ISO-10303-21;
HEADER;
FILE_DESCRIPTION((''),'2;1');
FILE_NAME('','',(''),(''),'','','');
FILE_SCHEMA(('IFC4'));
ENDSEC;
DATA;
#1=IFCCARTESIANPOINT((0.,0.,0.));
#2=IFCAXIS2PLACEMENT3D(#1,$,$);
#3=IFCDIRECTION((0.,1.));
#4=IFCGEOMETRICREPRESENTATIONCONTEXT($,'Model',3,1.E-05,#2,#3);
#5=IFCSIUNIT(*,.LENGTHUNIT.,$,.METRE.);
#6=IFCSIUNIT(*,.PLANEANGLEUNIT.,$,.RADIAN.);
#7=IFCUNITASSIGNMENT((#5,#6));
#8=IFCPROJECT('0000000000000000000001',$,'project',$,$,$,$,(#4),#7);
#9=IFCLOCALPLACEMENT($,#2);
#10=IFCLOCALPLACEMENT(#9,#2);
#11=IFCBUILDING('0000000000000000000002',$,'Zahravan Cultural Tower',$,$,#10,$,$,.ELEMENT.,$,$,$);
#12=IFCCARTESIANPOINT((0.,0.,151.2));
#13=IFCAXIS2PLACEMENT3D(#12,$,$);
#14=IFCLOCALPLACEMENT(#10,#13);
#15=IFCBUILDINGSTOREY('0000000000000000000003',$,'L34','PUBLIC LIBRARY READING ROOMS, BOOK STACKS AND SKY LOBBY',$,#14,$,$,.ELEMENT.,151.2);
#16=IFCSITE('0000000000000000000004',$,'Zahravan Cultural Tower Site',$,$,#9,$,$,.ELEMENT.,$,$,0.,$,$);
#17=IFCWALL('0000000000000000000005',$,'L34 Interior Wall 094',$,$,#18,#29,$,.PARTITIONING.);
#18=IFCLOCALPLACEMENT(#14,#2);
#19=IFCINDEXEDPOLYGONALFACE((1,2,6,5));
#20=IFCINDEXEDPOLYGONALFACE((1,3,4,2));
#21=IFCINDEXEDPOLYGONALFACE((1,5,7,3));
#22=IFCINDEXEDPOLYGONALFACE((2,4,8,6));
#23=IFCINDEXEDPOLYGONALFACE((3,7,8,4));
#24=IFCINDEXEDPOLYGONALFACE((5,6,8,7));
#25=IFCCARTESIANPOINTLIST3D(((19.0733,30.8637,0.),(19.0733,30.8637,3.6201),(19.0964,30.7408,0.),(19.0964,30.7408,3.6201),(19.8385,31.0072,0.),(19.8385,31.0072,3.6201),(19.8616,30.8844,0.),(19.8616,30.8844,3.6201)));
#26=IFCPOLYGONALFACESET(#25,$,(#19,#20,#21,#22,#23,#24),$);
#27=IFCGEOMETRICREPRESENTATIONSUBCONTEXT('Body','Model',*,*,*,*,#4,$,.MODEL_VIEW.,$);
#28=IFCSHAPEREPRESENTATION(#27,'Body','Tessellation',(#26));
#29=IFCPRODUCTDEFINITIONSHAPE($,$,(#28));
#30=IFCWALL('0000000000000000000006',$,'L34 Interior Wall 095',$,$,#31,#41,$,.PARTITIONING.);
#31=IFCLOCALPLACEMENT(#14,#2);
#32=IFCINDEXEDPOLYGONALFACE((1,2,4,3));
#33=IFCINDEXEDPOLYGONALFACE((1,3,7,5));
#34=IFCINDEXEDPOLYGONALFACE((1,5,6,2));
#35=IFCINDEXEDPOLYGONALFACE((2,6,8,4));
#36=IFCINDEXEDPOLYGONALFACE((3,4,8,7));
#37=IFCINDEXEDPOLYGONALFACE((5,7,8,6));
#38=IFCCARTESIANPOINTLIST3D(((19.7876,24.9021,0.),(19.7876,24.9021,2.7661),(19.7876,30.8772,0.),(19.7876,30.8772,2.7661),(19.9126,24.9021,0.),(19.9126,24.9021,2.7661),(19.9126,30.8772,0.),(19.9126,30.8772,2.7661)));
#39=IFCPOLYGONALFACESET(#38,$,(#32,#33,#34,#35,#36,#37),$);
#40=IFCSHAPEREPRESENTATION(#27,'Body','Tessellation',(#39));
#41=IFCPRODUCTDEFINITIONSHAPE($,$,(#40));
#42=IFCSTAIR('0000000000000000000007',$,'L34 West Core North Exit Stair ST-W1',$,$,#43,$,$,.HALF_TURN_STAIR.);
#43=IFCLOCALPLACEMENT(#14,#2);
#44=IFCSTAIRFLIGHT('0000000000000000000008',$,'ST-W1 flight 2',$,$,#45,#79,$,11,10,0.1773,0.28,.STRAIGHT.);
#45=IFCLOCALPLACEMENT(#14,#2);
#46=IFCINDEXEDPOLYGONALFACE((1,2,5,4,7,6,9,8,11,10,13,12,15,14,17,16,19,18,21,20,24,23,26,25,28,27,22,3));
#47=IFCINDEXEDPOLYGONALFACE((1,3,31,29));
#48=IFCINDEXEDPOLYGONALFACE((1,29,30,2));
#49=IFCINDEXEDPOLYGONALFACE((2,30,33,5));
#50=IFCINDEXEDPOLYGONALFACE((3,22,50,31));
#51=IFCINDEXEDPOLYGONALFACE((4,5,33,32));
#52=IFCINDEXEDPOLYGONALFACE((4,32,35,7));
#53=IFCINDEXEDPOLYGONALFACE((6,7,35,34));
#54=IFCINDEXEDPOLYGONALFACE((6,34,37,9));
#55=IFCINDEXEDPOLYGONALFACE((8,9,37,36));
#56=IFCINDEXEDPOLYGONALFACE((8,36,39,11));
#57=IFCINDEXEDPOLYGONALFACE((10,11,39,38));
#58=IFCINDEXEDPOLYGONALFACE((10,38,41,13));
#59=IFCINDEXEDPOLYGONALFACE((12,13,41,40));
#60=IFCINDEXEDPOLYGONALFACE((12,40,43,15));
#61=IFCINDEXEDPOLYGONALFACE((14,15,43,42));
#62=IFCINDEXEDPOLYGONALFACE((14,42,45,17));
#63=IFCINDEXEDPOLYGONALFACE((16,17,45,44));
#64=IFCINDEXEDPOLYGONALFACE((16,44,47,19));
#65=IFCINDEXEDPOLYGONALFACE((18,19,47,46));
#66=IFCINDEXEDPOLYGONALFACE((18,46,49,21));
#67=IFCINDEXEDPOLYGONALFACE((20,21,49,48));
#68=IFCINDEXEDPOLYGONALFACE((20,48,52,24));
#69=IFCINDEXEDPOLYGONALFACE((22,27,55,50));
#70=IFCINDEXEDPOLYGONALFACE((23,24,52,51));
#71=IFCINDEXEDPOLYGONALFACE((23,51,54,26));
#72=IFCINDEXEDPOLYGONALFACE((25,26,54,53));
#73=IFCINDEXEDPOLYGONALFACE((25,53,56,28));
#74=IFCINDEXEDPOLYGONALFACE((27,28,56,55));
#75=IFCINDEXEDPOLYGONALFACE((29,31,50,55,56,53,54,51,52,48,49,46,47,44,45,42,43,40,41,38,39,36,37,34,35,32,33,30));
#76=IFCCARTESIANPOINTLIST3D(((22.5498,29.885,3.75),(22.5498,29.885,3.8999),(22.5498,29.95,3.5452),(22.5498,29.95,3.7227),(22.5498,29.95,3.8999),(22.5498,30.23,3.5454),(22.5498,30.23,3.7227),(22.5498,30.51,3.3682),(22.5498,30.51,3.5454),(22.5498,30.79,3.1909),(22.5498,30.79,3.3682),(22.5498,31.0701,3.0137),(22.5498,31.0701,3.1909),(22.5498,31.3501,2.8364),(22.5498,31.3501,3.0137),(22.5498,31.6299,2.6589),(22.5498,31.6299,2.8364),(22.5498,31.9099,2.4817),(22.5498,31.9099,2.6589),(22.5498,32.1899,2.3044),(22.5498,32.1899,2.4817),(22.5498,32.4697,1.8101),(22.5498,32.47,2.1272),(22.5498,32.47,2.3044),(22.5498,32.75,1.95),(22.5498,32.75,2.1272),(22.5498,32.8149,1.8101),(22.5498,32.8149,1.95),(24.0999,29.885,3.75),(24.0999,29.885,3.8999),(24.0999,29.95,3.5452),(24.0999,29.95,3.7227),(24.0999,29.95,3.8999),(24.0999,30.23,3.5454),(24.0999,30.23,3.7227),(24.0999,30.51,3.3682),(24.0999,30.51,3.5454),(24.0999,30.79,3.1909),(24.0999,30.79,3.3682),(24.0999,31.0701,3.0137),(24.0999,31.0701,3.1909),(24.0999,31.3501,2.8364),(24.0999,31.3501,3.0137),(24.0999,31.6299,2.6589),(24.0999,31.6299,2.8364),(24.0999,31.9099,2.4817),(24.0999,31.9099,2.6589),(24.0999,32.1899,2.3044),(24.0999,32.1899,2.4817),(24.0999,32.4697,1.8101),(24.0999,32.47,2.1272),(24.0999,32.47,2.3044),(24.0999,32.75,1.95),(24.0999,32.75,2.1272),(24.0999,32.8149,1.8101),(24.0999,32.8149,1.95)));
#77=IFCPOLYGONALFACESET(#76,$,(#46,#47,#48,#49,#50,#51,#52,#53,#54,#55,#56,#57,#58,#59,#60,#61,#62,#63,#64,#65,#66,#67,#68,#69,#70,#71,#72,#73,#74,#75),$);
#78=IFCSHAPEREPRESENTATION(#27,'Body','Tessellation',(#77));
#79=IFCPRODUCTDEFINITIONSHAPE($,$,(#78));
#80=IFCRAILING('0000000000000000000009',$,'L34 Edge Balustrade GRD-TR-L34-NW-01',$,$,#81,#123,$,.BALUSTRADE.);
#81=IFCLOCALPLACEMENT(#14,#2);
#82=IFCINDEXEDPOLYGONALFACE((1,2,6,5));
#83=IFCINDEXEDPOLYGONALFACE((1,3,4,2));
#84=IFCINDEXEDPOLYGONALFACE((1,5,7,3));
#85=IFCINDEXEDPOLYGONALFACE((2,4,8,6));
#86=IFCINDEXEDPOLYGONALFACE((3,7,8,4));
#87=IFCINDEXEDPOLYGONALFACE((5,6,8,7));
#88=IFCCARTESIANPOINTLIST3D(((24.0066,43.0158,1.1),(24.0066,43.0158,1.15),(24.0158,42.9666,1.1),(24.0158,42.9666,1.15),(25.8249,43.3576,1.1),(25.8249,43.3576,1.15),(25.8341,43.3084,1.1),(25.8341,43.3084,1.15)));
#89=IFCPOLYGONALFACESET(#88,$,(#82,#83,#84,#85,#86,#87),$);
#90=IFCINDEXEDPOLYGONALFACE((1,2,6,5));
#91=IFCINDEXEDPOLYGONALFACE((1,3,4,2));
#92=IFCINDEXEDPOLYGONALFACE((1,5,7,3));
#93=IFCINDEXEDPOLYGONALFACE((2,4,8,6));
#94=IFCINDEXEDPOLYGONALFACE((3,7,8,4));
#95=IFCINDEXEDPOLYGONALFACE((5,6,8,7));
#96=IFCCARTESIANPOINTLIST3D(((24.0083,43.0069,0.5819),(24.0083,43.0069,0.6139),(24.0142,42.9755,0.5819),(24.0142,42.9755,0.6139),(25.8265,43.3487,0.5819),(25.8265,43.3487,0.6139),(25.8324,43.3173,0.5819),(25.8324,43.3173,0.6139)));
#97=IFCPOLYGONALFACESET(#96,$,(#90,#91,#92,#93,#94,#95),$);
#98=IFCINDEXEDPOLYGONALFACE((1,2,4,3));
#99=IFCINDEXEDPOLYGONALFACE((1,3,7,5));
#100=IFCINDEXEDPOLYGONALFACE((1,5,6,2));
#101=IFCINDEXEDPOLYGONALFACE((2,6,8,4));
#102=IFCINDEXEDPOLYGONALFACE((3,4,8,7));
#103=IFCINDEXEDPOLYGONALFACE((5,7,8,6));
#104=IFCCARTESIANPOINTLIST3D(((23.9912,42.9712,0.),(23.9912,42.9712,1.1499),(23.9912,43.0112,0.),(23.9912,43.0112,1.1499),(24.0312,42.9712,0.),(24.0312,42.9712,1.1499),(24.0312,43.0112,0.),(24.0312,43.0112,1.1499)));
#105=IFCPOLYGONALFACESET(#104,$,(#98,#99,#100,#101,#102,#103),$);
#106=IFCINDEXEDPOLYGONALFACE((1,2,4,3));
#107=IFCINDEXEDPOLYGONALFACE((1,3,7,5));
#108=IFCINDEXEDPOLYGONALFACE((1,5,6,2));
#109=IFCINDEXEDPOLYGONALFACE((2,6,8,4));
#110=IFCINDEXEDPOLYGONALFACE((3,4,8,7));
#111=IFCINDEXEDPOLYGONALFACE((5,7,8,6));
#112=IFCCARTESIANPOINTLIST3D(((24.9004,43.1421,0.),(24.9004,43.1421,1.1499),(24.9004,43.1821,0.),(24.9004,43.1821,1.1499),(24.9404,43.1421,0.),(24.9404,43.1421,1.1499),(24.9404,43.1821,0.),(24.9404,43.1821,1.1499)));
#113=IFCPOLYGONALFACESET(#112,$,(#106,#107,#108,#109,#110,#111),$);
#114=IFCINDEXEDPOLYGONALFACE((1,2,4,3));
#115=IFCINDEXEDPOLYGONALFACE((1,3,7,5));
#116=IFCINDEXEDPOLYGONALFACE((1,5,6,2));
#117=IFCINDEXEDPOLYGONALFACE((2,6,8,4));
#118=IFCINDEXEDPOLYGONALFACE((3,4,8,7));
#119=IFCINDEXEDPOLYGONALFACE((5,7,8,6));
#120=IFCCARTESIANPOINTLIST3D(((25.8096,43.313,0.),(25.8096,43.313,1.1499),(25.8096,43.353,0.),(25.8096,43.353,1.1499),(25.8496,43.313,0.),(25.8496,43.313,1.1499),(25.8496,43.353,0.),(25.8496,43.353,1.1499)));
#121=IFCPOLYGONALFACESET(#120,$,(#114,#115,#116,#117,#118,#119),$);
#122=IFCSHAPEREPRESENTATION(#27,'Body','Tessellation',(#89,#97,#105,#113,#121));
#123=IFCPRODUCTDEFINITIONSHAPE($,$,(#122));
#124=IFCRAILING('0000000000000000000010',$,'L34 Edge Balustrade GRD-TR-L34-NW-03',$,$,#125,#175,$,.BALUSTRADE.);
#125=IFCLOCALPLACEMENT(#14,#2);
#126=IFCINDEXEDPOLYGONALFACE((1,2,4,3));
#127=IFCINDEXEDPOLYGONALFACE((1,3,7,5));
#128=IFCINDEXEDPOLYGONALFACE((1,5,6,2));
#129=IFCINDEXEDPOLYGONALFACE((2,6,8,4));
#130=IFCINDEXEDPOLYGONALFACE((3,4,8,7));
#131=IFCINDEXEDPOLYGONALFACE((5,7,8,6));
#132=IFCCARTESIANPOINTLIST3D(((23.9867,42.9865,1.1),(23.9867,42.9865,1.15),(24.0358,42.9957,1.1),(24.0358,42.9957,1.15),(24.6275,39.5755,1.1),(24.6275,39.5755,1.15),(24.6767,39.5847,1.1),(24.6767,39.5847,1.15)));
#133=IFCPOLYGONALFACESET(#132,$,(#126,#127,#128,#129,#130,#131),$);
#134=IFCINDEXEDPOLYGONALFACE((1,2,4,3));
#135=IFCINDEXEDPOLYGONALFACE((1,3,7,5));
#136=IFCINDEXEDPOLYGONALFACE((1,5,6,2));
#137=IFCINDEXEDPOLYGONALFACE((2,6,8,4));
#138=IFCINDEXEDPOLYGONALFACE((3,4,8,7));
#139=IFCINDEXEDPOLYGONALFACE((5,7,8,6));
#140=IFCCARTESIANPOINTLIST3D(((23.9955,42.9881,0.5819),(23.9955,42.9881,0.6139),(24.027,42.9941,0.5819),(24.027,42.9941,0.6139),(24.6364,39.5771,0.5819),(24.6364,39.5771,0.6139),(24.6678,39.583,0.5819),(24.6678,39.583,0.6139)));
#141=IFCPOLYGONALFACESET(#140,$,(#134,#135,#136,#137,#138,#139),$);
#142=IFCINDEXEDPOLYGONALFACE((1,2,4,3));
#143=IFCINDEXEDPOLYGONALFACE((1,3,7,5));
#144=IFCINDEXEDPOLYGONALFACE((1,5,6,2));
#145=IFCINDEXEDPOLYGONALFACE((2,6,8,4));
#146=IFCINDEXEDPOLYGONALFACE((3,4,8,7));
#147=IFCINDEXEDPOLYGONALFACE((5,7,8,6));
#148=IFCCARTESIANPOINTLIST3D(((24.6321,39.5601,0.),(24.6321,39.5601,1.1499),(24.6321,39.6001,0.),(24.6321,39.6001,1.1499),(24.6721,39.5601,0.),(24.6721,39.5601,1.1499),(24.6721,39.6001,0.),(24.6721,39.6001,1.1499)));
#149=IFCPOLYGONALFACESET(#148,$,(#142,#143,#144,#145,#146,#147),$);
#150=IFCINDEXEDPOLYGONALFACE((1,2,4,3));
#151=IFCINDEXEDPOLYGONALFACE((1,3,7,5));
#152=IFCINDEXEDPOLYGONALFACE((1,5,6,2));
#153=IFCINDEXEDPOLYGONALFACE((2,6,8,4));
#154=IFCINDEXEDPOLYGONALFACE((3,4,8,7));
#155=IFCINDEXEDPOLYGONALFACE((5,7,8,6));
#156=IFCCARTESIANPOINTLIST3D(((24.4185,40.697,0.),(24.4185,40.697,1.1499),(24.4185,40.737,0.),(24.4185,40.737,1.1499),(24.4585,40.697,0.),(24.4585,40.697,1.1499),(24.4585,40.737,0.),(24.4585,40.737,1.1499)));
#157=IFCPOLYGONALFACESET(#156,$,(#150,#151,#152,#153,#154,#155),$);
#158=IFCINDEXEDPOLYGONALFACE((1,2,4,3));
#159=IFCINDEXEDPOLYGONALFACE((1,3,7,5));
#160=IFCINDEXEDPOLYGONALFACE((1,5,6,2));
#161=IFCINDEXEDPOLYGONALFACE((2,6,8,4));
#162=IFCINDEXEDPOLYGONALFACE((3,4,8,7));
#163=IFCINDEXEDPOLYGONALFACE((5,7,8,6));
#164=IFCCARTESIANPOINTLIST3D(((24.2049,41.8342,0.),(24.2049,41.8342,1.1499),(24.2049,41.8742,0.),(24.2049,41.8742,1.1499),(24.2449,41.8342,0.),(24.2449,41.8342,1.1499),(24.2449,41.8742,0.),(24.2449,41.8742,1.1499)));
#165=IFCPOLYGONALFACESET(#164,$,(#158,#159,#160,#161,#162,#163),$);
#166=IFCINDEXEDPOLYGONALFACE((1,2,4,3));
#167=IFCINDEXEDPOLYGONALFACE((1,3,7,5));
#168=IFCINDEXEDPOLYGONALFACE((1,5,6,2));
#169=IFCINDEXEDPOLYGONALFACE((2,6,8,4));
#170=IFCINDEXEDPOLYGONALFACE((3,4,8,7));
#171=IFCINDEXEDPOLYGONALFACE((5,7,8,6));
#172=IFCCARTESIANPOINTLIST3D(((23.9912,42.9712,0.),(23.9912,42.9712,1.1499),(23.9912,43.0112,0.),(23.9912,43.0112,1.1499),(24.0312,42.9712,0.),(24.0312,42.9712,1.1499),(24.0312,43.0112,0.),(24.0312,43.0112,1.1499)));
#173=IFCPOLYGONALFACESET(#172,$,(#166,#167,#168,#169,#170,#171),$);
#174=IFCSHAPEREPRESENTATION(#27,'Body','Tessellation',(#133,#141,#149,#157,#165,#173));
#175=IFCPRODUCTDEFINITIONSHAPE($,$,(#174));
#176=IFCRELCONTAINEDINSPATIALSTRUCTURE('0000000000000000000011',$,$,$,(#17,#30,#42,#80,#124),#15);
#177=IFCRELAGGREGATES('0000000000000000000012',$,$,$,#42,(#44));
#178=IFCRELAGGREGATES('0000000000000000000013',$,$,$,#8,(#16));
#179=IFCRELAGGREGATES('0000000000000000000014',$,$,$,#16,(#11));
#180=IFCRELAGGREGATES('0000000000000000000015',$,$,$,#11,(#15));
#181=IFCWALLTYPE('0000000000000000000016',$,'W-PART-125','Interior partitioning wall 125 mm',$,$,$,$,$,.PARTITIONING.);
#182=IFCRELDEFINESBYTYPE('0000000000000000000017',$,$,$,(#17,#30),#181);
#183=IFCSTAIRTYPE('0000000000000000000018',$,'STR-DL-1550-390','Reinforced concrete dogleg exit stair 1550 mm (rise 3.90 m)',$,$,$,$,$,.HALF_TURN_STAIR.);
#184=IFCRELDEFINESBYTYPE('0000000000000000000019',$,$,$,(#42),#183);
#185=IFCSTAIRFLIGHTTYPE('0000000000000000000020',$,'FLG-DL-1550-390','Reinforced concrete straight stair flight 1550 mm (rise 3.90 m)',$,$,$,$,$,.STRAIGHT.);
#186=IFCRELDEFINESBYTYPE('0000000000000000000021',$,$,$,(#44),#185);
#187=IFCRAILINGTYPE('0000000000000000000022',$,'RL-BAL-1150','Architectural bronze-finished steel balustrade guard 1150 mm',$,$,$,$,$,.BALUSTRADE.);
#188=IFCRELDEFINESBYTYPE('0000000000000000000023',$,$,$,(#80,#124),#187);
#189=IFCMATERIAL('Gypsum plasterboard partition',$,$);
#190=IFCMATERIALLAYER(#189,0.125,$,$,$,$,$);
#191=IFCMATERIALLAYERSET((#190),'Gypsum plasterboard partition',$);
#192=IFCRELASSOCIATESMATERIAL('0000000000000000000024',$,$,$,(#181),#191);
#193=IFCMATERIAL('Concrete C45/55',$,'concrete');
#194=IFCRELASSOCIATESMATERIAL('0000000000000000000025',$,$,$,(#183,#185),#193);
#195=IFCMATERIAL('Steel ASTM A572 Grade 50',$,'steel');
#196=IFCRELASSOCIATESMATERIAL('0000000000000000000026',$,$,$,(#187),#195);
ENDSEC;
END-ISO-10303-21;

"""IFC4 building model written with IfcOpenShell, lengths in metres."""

from ifc_helpers import new_model, si_unit, direction, frame, frame_2d, origin, origin_2d, place, context, subcontext, project, spatial, polyline, rectangle, outline, extrude, source, transform, mapped, material, layer, layer_set, type_object, element, aggregate, save


model = new_model("IFC4")

# Units and contexts
model_context = context("Model", 3, precision=1e-05, world=origin(), true_north=direction((0.0, 1.0)))
body_context = subcontext(model_context, "Body", "Model", "MODEL_VIEW")
ifc_project = project(units=[si_unit("LENGTHUNIT", "METRE"), si_unit("PLANEANGLEUNIT", "RADIAN")], contexts=[model_context])

# Site, building, storey
site_placement = place(None, origin())
site = spatial("IfcSite", under=ifc_project, at=site_placement, Name="Zahravan Cultural Tower Site", CompositionType="ELEMENT", RefElevation=0.0)
building_placement = place(site_placement, origin())
building = spatial("IfcBuilding", under=site, at=building_placement, Name="Zahravan Cultural Tower", CompositionType="ELEMENT")
storey_placement = place(building_placement, frame((0.0, 0.0, 151.2)))
storey = spatial("IfcBuildingStorey", under=building, at=storey_placement, Name="L34", Description="PUBLIC LIBRARY READING ROOMS, BOOK STACKS AND SKY LOBBY", CompositionType="ELEMENT", Elevation=151.2)

# Shared definitions
ifc_material_1 = material(Name="Gypsum plasterboard partition")
ifc_layer_1 = layer(ifc_material_1, 0.125)
ifc_layer_set_1 = layer_set([ifc_layer_1], Name="Gypsum plasterboard partition")
wall_type_1 = type_object("IfcWallType", Name="W-PART-125", Description="Interior partitioning wall 125 mm", PredefinedType="PARTITIONING", material=ifc_layer_set_1)

# Walls
ifc_material_2 = material(Name="Concrete C45/55", Category="concrete")
shared_shape_1 = source(origin(), body_context, "Body", "SweptSolid", [
    extrude(rectangle(XDim=0.7786, YDim=0.125, at=frame_2d((0.3892, 0.0))), origin(), (0.0, 0.0, 1.0), 3.6201),
])
wall_1_placement = place(storey_placement, frame((19.085, 30.8022, 0.0), z_axis=(0.0, 0.0, 1.0), x_axis=(0.982851, 0.184402, 0.0)))
element("IfcWall", 1, at=wall_1_placement, inside=storey, type_object=wall_type_1, Name="L34 Interior Wall 094", PredefinedType="PARTITIONING", context=body_context, shape_type="MappedRepresentation", body=[
    mapped(shared_shape_1, transform((0.0, 0.0, 0.0), x_axis=(1.0, 0.0, 0.0), y_axis=(0.0, 1.0, 0.0), z_axis=(0.0, 0.0, 1.0), scale=1.0)),
])
shared_shape_2 = source(origin(), body_context, "Body", "SweptSolid", [
    extrude(rectangle(XDim=5.9751, YDim=0.125, at=frame_2d((2.9875, 0.0))), origin(), (0.0, 0.0, 1.0), 2.7661),
])
wall_2_placement = place(storey_placement, frame((19.8501, 30.8772, 0.0), z_axis=(0.0, 0.0, 1.0), x_axis=(0.0, -1.0, 0.0)))
element("IfcWall", 2, at=wall_2_placement, inside=storey, type_object=wall_type_1, Name="L34 Interior Wall 095", PredefinedType="PARTITIONING", context=body_context, shape_type="MappedRepresentation", body=[
    mapped(shared_shape_2, transform((0.0, 0.0, 0.0), x_axis=(1.0, 0.0, 0.0), y_axis=(0.0, 1.0, 0.0), z_axis=(0.0, 0.0, 1.0), scale=1.0)),
])

# Stair, stair flight
stair_type = type_object("IfcStairType", Name="STR-DL-1550-390", Description="Reinforced concrete dogleg exit stair 1550 mm (rise 3.90 m)", PredefinedType="HALF_TURN_STAIR", material=ifc_material_2)
stair_placement = place(storey_placement, origin())
stair = element("IfcStair", 3, at=stair_placement, inside=storey, type_object=stair_type, Name="L34 West Core North Exit Stair ST-W1", PredefinedType="HALF_TURN_STAIR")
stair_flight_type = type_object("IfcStairFlightType", Name="FLG-DL-1550-390", Description="Reinforced concrete straight stair flight 1550 mm (rise 3.90 m)", PredefinedType="STRAIGHT", material=ifc_material_2)
stair_flight_placement = place(storey_placement, frame((23.325, 32.75, 1.95), z_axis=(0.0, 0.0, 1.0), x_axis=(0.0, -1.0, 0.0)))
stair_flight = element("IfcStairFlight", 4, at=stair_flight_placement, type_object=stair_flight_type, Name="ST-W1 flight 2", NumberOfRisers=11, NumberOfTreads=10, PredefinedType="STRAIGHT", RiserHeight=0.1773, TreadLength=0.28, context=body_context, shape_type="SweptSolid", body=[
    extrude(outline(polyline([(-0.0649, -0.1399), (-0.0649, 0.0), (0.0, 0.0), (0.0, 0.1772), (0.28, 0.1772), (0.28, 0.3545), (0.5601, 0.3545), (0.5601, 0.5317), (0.8401, 0.5317), (0.8401, 0.709), (1.1201, 0.709), (1.1201, 0.8865), (1.3999, 0.8865), (1.3999, 1.0637), (1.6799, 1.0637), (1.6799, 1.241), (1.96, 1.241), (1.96, 1.4182), (2.24, 1.4182), (2.24, 1.5955), (2.52, 1.5955), (2.52, 1.7727), (2.8, 1.7727), (2.8, 1.95), (2.865, 1.95), (2.865, 1.8), (2.8, 1.5952), (0.2803, -0.1399), (-0.0649, -0.1399)])), frame((0.0, 0.7749, 0.0), z_axis=(0.0, -1.0, 0.0), x_axis=(1.0, 0.0, 0.0)), (0.0, 0.0, 1.0), 1.55),
])
aggregate(stair, [stair_flight])

# Railings
ifc_material_3 = material(Name="Steel ASTM A572 Grade 50", Category="steel")
railing_type_1 = type_object("IfcRailingType", Name="RL-BAL-1150", Description="Architectural bronze-finished steel balustrade guard 1150 mm", PredefinedType="BALUSTRADE", material=ifc_material_3)
railing_1_placement = place(storey_placement, frame((24.0112, 42.9912, 0.0)))
element("IfcRailing", 5, at=railing_1_placement, inside=storey, type_object=railing_type_1, Name="L34 Edge Balustrade GRD-TR-L34-NW-01", PredefinedType="BALUSTRADE", context=body_context, shape_type="SweptSolid", body=[
    extrude(rectangle(XDim=0.05, YDim=0.05, at=origin_2d()), frame((0.0, 0.0, 1.125), z_axis=(0.982788, 0.184735, 0.0), x_axis=(-0.184735, 0.982788, 0.0)), (0.0, 0.0, 1.0), 1.8501),
    extrude(rectangle(XDim=0.032, YDim=0.032, at=origin_2d()), frame((0.0, 0.0, 0.5979), z_axis=(0.982788, 0.184735, 0.0), x_axis=(-0.184735, 0.982788, 0.0)), (0.0, 0.0, 1.0), 1.8501),
    extrude(rectangle(XDim=0.04, YDim=0.04, at=origin_2d()), origin(), (0.0, 0.0, 1.0), 1.1499),
    extrude(rectangle(XDim=0.04, YDim=0.04, at=origin_2d()), frame((0.9092, 0.1709, 0.0)), (0.0, 0.0, 1.0), 1.1499),
    extrude(rectangle(XDim=0.04, YDim=0.04, at=origin_2d()), frame((1.8184, 0.3418, 0.0)), (0.0, 0.0, 1.0), 1.1499),
])
railing_2_placement = place(storey_placement, frame((24.6521, 39.5801, 0.0)))
element("IfcRailing", 6, at=railing_2_placement, inside=storey, type_object=railing_type_1, Name="L34 Edge Balustrade GRD-TR-L34-NW-03", PredefinedType="BALUSTRADE", context=body_context, shape_type="SweptSolid", body=[
    extrude(rectangle(XDim=0.05, YDim=0.05, at=origin_2d()), frame((0.0, 0.0, 1.125), z_axis=(-0.184645, 0.982805, 0.0), x_axis=(-0.982805, -0.184645, 0.0)), (0.0, 0.0, 1.0), 3.4707),
    extrude(rectangle(XDim=0.032, YDim=0.032, at=origin_2d()), frame((0.0, 0.0, 0.5979), z_axis=(-0.184645, 0.982805, 0.0), x_axis=(-0.982805, -0.184645, 0.0)), (0.0, 0.0, 1.0), 3.4707),
    extrude(rectangle(XDim=0.04, YDim=0.04, at=origin_2d()), origin(), (0.0, 0.0, 1.0), 1.1499),
    extrude(rectangle(XDim=0.04, YDim=0.04, at=origin_2d()), frame((-0.2136, 1.137, 0.0)), (0.0, 0.0, 1.0), 1.1499),
    extrude(rectangle(XDim=0.04, YDim=0.04, at=origin_2d()), frame((-0.4272, 2.2742, 0.0)), (0.0, 0.0, 1.0), 1.1499),
    extrude(rectangle(XDim=0.04, YDim=0.04, at=origin_2d()), frame((-0.6409, 3.4111, 0.0)), (0.0, 0.0, 1.0), 1.1499),
])

save(model, "model.ifc")
